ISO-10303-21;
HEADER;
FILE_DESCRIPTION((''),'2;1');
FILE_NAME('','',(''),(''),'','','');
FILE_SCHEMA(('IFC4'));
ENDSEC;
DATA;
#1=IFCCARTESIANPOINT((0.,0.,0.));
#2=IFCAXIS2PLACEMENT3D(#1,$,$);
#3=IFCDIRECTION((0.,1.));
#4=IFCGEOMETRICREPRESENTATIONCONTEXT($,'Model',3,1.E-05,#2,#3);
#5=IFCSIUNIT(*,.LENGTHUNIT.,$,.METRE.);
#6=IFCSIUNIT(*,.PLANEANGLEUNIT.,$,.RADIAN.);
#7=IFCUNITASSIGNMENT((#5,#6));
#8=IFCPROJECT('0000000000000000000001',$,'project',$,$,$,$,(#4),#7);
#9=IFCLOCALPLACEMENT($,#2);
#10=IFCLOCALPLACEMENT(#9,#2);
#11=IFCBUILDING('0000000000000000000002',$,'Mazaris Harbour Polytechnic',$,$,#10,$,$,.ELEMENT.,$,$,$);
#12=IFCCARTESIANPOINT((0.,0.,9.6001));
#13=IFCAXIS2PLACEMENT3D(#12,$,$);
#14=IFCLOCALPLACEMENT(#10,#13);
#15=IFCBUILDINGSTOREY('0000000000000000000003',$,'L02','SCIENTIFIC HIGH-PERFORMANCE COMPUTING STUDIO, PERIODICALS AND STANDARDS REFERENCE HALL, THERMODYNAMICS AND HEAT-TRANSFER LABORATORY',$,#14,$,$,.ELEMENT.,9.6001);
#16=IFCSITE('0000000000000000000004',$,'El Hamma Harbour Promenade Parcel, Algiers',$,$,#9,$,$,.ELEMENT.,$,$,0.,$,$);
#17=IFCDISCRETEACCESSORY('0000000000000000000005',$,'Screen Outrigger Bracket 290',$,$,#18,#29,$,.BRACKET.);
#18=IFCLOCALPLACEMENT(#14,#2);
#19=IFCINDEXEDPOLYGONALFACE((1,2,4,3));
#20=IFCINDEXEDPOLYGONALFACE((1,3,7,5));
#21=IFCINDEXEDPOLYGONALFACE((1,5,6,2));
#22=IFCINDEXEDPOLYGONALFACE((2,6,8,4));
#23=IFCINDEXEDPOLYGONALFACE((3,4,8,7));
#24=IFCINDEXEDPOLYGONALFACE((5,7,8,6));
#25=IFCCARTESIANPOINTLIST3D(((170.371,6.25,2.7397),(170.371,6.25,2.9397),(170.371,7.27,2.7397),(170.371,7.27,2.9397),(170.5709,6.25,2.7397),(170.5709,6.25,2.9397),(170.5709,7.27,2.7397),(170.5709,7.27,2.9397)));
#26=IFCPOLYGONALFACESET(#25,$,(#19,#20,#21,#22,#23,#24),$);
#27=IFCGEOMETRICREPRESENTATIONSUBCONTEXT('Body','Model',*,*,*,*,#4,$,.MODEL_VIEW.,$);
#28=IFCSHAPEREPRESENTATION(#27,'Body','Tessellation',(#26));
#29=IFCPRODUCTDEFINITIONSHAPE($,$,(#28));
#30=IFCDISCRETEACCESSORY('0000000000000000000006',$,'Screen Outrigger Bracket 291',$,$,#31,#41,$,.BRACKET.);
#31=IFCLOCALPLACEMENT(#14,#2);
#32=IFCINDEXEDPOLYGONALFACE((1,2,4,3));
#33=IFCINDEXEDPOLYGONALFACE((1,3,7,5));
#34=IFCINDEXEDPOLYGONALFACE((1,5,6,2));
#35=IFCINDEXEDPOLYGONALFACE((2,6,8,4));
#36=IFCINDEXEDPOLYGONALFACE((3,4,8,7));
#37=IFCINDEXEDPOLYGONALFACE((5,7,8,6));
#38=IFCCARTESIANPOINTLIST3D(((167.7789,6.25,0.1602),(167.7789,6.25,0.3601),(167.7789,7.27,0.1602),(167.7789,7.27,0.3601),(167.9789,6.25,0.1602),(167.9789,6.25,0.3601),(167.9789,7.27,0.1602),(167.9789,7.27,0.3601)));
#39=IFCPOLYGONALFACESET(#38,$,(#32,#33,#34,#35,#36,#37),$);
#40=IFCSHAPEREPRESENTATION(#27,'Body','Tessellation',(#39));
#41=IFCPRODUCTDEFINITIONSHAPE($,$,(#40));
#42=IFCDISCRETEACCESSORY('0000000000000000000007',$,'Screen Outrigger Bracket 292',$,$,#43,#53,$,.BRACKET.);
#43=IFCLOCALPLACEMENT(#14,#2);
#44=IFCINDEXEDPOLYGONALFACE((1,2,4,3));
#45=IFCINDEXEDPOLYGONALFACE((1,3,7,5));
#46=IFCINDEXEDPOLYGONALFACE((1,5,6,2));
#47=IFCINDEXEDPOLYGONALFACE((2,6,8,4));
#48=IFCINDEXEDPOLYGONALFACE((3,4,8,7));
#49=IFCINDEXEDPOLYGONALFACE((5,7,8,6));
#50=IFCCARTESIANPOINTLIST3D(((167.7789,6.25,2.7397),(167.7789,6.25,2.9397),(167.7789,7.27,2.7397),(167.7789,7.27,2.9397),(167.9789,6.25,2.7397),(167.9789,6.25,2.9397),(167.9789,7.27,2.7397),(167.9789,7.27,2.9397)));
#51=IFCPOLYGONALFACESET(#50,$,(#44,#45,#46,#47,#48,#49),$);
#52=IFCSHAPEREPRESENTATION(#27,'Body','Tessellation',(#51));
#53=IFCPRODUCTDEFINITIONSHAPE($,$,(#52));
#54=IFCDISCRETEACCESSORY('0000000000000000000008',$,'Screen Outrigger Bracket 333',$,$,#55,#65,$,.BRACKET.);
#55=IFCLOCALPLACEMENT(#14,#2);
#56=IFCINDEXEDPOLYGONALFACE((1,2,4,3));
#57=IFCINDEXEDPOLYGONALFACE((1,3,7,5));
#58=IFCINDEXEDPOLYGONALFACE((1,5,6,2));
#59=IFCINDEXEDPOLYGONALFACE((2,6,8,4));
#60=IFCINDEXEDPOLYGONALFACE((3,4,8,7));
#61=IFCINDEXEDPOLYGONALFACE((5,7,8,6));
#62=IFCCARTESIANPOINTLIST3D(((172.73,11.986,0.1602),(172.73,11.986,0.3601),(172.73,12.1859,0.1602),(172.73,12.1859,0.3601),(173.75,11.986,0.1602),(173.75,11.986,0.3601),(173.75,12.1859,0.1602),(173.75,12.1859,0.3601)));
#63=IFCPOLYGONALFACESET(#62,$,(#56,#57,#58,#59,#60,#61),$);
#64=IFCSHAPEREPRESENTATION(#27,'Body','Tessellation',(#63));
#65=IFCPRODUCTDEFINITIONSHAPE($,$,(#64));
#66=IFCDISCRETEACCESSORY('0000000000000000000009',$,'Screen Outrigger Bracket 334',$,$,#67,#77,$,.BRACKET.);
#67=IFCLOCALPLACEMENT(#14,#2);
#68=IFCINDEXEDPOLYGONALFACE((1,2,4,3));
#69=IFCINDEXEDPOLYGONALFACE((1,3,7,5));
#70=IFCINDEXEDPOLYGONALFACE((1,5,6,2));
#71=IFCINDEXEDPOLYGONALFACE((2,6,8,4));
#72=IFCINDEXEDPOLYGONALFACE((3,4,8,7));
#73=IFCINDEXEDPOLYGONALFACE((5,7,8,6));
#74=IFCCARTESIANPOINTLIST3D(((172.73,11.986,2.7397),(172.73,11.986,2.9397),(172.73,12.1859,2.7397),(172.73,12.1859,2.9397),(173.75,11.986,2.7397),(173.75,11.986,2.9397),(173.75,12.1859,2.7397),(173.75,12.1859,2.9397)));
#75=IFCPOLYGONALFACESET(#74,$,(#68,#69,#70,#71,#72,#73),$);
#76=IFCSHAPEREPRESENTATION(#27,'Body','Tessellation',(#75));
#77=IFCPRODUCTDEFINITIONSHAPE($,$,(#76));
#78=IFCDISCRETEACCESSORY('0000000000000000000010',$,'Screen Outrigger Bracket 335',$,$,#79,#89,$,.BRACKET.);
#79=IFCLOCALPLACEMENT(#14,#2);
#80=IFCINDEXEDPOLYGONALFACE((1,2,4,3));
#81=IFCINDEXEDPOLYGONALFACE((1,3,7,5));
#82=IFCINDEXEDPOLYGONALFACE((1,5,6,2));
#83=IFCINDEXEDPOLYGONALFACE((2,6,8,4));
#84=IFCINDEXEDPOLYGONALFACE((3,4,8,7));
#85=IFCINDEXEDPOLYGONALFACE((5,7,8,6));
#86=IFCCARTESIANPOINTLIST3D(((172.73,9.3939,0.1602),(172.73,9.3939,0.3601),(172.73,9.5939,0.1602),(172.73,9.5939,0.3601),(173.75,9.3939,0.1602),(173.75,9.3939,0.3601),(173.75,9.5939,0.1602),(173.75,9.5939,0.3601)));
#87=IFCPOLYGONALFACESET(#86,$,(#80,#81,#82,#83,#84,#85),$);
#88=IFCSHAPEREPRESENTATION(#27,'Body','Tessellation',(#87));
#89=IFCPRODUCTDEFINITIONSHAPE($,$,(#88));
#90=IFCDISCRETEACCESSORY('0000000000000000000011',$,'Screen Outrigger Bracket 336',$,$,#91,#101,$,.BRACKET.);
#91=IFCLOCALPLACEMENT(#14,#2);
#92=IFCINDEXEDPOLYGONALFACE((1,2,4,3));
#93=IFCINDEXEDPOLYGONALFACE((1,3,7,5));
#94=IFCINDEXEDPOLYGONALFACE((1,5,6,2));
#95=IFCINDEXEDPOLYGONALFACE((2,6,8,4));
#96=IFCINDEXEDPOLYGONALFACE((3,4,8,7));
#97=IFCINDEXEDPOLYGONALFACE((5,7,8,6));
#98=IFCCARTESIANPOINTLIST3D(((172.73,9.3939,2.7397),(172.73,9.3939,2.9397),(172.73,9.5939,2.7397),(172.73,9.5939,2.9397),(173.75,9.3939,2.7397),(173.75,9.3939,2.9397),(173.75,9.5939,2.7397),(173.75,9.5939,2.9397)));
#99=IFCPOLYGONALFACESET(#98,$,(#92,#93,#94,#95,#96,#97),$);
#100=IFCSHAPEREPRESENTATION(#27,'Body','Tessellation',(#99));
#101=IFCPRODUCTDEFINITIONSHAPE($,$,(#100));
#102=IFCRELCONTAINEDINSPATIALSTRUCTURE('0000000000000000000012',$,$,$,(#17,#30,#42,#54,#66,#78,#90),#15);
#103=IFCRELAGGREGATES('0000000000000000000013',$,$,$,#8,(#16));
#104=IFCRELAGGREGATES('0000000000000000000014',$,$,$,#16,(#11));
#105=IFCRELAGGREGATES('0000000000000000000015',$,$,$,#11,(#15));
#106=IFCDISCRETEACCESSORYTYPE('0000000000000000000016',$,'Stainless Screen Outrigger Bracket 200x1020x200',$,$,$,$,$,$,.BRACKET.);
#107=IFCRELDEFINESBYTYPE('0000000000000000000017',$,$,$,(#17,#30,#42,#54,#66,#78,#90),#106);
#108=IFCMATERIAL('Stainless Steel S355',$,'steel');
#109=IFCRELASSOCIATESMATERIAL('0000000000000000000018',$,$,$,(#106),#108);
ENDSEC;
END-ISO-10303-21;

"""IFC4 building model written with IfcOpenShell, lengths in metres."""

from ifc_helpers import new_model, si_unit, direction, frame, origin, origin_2d, place, context, subcontext, project, spatial, rectangle, extrude, material, type_object, element, save


model = new_model("IFC4")

# Units and contexts
model_context = context("Model", 3, precision=1e-05, world=origin(), true_north=direction((0.0, 1.0)))
body_context = subcontext(model_context, "Body", "Model", "MODEL_VIEW")
ifc_project = project(units=[si_unit("LENGTHUNIT", "METRE"), si_unit("PLANEANGLEUNIT", "RADIAN")], contexts=[model_context])

# Site, building, storey
site_placement = place(None, origin())
site = spatial("IfcSite", under=ifc_project, at=site_placement, Name="El Hamma Harbour Promenade Parcel, Algiers", CompositionType="ELEMENT", RefElevation=0.0)
building_placement = place(site_placement, origin())
building = spatial("IfcBuilding", under=site, at=building_placement, Name="Mazaris Harbour Polytechnic", CompositionType="ELEMENT")
storey_placement = place(building_placement, frame((0.0, 0.0, 9.6001)))
storey = spatial("IfcBuildingStorey", under=building, at=storey_placement, Name="L02", Description="SCIENTIFIC HIGH-PERFORMANCE COMPUTING STUDIO, PERIODICALS AND STANDARDS REFERENCE HALL, THERMODYNAMICS AND HEAT-TRANSFER LABORATORY", CompositionType="ELEMENT", Elevation=9.6001)

# Discrete accessories
ifc_material_1 = material(Name="Stainless Steel S355", Category="steel")
discrete_accessory_type = type_object("IfcDiscreteAccessoryType", Name="Stainless Screen Outrigger Bracket 200x1020x200", PredefinedType="BRACKET", material=ifc_material_1)
for number, where, z_axis, x_axis, name in (
    (1, (170.4709, 6.76, 2.7397), (0.0, 0.0, 1.0), (-1.0, 0.0, 0.0), "Screen Outrigger Bracket 290"),
    (2, (167.8789, 6.76, 0.1602), (0.0, 0.0, 1.0), (-1.0, 0.0, 0.0), "Screen Outrigger Bracket 291"),
    (3, (167.8789, 6.76, 2.7397), (0.0, 0.0, 1.0), (-1.0, 0.0, 0.0), "Screen Outrigger Bracket 292"),
    (4, (173.24, 12.0859, 0.1602), (0.0, 0.0, 1.0), (0.0, -1.0, 0.0), "Screen Outrigger Bracket 333"),
    (5, (173.24, 12.0859, 2.7397), (0.0, 0.0, 1.0), (0.0, -1.0, 0.0), "Screen Outrigger Bracket 334"),
    (6, (173.24, 9.4939, 0.1602), (0.0, 0.0, 1.0), (0.0, -1.0, 0.0), "Screen Outrigger Bracket 335"),
    (7, (173.24, 9.4939, 2.7397), (0.0, 0.0, 1.0), (0.0, -1.0, 0.0), "Screen Outrigger Bracket 336"),
):
    element("IfcDiscreteAccessory", number, at=place(storey_placement, frame(where, z_axis=z_axis, x_axis=x_axis)), inside=storey, type_object=discrete_accessory_type, Name=name, PredefinedType="BRACKET", context=body_context, shape_type="SweptSolid", body=[
        extrude(rectangle(XDim=0.2, YDim=1.02, at=origin_2d()), origin(), (0.0, 0.0, 1.0), 0.2),
    ])

save(model, "model.ifc")
